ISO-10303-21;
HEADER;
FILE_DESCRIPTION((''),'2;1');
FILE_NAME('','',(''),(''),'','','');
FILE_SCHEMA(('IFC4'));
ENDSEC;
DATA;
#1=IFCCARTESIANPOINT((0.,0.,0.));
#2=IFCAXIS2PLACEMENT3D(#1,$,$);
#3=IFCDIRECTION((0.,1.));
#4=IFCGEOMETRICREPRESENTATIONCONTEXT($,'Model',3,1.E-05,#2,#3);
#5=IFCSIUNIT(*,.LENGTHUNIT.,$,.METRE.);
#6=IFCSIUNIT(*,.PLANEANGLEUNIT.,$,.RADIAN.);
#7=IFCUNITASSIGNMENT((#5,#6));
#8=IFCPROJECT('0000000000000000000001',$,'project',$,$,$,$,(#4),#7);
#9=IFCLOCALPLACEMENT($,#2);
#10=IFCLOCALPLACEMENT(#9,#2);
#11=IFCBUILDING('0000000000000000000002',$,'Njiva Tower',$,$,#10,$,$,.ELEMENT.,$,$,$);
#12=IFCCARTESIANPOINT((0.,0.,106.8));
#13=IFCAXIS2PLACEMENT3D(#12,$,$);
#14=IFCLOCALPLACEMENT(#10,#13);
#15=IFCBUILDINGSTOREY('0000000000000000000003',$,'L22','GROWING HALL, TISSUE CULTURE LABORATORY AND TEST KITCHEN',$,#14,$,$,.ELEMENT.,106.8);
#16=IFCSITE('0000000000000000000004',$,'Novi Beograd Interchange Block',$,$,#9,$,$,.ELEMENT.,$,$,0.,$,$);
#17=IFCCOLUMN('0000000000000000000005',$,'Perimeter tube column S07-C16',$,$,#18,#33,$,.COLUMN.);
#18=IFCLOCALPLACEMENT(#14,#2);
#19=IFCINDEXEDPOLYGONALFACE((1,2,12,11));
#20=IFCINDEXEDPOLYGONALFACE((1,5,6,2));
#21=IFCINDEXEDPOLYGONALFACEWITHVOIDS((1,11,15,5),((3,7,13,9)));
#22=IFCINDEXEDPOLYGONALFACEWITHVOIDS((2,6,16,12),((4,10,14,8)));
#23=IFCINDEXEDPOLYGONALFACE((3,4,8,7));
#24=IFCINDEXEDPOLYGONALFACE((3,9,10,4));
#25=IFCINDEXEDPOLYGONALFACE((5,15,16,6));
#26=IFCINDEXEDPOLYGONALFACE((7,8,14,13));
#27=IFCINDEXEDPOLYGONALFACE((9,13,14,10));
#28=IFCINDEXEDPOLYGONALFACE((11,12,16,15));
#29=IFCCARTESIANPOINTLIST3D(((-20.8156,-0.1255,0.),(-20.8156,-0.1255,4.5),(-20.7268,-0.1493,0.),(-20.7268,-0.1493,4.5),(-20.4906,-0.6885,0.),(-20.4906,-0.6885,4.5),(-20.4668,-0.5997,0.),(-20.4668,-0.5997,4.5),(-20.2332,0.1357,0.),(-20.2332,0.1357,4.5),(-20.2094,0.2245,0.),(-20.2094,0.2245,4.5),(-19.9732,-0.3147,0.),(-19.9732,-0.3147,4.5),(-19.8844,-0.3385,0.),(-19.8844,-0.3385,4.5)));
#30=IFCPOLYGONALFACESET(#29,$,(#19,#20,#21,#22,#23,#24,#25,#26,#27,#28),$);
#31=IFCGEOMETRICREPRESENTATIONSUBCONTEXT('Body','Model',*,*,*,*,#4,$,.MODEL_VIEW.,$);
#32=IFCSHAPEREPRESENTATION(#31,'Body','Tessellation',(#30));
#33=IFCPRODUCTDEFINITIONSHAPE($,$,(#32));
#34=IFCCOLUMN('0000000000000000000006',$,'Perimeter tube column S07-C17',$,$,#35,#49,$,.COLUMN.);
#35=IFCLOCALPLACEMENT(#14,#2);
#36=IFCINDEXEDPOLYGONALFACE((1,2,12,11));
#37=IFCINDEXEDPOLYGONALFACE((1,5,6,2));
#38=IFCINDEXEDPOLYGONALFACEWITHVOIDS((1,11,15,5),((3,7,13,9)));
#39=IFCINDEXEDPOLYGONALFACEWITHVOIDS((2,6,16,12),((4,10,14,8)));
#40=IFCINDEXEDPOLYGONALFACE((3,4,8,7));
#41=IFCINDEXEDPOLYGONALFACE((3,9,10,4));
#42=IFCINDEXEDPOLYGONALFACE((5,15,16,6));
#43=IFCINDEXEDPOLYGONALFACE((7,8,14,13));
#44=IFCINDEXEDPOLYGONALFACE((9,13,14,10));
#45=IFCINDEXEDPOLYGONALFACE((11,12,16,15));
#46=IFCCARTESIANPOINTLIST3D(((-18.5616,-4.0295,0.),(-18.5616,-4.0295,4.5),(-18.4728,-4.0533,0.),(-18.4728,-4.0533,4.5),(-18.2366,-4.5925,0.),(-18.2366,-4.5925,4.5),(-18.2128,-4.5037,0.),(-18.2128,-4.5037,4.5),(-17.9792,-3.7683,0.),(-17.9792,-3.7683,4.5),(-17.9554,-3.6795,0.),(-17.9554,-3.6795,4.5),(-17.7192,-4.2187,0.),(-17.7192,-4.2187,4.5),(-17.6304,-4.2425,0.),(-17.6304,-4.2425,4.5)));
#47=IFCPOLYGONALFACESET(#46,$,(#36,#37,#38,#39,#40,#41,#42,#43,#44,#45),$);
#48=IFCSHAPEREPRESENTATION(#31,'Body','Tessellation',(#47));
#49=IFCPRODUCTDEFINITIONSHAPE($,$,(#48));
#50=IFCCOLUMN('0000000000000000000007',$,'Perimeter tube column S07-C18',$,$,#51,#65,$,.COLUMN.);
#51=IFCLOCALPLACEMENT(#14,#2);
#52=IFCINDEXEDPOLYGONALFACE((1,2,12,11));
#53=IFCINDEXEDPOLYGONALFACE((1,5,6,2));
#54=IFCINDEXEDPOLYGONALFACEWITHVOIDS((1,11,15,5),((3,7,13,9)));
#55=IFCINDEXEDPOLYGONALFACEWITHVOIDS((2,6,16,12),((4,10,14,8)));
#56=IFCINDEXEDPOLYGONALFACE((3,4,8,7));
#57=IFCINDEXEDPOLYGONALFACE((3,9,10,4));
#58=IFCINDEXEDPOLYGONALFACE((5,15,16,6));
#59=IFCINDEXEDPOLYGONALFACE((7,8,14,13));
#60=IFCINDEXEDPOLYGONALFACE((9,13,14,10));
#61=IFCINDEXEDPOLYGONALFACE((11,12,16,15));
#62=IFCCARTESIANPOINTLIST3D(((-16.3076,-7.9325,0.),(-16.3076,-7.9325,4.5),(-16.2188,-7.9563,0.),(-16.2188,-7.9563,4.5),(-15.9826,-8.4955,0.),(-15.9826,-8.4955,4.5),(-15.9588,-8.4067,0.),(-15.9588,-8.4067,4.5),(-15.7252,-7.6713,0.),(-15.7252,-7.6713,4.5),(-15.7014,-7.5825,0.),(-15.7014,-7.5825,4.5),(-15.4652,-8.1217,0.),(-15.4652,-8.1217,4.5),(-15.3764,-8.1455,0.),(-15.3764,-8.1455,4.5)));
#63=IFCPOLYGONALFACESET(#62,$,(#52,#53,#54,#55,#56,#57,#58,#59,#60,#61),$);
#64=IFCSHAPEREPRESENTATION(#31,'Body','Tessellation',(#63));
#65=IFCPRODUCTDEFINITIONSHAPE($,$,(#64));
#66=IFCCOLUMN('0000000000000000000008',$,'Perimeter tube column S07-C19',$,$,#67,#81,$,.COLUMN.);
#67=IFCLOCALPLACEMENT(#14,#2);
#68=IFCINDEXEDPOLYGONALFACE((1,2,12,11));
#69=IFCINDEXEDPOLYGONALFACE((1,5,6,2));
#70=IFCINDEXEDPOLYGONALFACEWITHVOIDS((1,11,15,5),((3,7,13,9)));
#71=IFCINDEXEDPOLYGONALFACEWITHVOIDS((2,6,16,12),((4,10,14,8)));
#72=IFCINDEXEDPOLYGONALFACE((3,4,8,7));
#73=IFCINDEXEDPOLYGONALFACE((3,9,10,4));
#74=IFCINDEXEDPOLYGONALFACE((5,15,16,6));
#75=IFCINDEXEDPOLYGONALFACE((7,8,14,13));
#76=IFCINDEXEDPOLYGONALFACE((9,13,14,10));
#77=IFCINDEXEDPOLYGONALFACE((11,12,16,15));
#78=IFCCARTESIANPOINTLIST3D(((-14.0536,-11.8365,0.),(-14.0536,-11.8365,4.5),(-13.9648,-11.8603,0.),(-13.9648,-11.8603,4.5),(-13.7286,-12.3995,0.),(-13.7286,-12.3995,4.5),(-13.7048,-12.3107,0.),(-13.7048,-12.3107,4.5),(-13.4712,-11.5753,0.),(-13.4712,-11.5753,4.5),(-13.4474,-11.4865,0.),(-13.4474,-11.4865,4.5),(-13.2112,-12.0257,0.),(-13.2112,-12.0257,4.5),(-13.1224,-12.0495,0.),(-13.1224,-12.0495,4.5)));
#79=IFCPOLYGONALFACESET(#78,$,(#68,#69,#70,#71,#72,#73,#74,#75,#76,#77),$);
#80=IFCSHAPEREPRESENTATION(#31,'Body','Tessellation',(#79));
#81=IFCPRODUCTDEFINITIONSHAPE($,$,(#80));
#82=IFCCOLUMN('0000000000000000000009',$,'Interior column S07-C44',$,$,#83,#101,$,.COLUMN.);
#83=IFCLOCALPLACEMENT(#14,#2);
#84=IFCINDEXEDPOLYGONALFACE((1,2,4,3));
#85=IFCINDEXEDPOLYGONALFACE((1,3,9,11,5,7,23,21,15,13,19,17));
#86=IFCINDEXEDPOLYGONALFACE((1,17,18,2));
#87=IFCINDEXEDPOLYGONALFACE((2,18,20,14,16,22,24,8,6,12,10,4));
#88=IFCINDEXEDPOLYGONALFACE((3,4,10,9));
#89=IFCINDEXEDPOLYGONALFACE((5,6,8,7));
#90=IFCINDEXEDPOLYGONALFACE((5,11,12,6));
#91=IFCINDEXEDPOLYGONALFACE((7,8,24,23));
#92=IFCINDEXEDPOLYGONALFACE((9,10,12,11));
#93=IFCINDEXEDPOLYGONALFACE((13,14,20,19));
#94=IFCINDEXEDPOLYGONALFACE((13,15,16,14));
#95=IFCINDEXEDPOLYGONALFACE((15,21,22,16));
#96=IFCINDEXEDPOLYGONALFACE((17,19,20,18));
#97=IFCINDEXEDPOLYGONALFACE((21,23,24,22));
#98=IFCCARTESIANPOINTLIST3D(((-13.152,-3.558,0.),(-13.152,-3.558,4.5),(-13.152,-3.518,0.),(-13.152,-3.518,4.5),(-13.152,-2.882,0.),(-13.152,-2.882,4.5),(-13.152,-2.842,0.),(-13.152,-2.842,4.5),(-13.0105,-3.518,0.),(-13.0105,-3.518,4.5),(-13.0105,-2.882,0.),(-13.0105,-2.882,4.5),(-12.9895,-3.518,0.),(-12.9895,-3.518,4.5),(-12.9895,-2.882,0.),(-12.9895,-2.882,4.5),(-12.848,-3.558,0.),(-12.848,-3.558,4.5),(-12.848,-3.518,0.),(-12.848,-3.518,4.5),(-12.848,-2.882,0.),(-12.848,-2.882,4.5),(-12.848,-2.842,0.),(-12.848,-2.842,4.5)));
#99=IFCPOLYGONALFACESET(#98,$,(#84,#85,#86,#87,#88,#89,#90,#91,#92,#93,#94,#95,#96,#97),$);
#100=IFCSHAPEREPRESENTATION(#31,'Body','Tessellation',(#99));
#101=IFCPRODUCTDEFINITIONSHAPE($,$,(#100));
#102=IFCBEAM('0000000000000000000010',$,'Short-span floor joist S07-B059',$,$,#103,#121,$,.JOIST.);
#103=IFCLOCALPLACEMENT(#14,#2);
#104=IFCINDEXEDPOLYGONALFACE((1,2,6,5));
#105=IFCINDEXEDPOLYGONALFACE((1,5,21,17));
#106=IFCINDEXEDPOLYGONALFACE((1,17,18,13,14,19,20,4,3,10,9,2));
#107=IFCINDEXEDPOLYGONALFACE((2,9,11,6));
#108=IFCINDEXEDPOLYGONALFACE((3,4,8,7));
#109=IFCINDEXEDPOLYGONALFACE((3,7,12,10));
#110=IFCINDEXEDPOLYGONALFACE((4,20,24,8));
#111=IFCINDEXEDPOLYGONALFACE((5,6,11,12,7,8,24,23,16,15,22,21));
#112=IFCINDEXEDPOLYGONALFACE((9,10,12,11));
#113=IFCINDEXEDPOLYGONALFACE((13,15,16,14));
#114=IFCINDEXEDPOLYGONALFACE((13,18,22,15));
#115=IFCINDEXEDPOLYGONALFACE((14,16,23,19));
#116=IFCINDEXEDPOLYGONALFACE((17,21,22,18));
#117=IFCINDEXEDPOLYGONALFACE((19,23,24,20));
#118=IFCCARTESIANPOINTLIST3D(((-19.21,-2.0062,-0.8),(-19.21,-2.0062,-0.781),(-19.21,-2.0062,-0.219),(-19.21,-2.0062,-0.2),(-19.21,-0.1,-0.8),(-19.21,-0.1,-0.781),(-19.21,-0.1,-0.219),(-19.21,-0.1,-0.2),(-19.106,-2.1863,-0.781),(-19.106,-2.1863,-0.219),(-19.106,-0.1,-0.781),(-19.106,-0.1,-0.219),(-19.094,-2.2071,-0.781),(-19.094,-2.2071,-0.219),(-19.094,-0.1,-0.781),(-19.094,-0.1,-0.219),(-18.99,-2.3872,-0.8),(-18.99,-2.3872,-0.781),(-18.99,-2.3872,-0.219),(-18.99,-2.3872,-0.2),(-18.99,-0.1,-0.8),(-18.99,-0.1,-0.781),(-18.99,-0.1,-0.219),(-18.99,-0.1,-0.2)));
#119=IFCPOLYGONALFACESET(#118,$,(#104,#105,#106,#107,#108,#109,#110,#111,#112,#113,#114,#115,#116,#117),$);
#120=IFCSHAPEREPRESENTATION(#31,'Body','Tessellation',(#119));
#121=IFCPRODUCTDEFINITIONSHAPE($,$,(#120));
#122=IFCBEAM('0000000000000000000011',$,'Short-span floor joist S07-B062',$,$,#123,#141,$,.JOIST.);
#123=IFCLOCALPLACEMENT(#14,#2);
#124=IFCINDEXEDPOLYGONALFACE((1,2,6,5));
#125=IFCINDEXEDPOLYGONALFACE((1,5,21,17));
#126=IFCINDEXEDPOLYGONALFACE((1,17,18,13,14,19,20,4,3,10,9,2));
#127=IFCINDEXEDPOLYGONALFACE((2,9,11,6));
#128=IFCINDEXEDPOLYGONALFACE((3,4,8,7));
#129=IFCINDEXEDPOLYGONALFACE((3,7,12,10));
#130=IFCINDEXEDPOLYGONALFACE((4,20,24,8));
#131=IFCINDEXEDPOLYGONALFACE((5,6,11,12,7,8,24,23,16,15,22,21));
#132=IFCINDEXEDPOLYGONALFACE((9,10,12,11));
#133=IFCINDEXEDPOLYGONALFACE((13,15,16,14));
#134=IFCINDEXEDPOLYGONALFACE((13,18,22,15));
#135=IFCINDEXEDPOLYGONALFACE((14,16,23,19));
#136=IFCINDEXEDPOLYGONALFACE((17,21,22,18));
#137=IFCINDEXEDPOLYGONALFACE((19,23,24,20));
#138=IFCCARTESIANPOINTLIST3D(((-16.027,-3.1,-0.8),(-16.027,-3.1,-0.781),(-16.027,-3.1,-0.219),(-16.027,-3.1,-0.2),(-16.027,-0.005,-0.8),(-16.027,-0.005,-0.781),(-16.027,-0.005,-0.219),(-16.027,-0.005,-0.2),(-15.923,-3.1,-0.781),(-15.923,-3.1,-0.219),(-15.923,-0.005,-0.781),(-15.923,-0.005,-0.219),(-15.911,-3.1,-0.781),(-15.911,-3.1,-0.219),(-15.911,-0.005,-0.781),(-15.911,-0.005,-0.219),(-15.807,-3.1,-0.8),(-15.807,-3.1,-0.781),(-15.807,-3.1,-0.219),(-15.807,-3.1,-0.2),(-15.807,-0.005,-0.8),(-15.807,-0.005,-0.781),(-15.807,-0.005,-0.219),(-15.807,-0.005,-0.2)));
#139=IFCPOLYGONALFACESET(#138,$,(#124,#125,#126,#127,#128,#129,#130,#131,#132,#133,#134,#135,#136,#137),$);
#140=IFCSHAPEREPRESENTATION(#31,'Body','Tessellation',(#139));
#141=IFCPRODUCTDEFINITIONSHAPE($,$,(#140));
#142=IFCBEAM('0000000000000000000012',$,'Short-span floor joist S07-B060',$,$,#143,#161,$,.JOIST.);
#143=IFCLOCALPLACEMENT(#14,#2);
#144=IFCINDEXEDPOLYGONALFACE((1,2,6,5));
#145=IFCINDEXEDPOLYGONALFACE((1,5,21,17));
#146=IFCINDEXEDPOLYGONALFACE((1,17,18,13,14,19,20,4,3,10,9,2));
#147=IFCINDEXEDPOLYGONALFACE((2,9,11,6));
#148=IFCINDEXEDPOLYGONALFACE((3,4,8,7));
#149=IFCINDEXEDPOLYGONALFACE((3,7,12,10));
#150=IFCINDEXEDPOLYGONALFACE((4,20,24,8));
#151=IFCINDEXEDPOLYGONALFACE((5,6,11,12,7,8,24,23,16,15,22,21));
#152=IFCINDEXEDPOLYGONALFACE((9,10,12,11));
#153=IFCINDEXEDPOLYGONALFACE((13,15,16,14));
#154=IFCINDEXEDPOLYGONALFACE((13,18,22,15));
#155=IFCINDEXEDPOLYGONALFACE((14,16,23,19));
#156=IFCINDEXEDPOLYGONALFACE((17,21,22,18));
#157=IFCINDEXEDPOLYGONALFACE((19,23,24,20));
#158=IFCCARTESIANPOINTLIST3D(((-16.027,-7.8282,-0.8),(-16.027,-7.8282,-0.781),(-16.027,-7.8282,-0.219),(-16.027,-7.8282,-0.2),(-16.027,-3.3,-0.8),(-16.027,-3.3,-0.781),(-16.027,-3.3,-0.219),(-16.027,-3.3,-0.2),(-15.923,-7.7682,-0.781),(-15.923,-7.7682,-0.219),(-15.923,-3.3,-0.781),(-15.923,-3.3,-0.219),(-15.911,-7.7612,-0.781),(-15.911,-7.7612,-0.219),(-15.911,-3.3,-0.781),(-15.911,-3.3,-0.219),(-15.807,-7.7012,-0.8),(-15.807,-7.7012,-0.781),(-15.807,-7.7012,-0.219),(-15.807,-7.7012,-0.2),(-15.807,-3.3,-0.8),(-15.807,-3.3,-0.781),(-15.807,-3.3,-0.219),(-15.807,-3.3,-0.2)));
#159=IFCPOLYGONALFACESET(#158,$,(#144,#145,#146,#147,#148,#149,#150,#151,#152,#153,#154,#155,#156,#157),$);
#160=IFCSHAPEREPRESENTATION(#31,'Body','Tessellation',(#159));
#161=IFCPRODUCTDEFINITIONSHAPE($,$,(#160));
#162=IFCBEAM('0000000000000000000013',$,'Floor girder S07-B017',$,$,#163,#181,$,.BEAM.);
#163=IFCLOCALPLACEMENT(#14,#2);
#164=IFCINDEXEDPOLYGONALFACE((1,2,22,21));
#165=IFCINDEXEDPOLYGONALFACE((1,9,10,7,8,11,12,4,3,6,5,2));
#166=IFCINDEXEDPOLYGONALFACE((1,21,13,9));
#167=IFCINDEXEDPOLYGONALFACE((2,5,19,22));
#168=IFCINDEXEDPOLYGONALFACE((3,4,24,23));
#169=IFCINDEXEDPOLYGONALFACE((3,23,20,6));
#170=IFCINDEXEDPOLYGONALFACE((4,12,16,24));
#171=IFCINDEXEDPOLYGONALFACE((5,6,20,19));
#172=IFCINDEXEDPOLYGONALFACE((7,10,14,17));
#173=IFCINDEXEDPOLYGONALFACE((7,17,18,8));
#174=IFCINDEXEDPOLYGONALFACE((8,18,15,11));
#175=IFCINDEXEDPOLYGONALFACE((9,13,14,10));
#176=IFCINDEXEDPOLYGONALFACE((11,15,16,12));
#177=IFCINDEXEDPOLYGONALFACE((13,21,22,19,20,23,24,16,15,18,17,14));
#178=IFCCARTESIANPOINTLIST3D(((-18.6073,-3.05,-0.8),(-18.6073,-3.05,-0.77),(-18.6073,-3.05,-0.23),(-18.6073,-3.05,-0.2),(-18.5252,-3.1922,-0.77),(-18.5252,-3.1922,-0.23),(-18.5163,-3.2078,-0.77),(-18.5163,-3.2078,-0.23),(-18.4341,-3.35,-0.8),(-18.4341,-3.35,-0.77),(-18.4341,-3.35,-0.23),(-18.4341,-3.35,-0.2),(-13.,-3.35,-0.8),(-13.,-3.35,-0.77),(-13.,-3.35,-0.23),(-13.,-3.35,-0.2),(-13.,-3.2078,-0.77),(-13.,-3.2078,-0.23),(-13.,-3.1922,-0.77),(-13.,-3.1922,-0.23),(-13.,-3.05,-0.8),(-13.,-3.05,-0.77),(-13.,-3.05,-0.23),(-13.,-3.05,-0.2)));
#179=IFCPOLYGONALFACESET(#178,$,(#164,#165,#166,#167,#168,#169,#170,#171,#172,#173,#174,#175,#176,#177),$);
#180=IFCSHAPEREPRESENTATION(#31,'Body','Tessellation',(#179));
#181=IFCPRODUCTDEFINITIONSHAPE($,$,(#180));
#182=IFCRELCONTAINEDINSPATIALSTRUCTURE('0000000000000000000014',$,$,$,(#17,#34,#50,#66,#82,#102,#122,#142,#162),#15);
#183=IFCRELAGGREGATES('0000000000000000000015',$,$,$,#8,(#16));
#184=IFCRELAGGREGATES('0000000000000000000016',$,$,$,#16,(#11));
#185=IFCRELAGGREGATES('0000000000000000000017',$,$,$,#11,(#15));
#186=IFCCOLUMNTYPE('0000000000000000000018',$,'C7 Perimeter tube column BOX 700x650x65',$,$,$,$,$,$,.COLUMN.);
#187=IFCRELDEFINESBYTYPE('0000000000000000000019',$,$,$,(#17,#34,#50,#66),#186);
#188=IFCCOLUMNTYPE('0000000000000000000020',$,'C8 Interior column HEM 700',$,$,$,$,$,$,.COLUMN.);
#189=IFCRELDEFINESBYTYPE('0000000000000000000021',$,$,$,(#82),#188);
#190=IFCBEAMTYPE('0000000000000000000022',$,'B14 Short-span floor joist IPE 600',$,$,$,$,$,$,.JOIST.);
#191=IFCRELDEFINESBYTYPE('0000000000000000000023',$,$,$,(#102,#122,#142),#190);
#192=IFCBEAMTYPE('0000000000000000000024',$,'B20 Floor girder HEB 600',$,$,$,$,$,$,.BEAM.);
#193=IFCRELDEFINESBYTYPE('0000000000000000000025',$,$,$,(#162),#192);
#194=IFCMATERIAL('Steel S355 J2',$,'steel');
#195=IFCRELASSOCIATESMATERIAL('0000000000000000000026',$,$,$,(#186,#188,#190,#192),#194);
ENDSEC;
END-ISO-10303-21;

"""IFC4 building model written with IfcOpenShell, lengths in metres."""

from ifc_helpers import new_model, si_unit, direction, frame, origin, origin_2d, place, context, subcontext, project, spatial, hollow_rectangle, i_section, extrude, clip, halfspace, material, material_profile, profile_set, type_object, element, save


model = new_model("IFC4")

# Units and contexts
model_context = context("Model", 3, precision=1e-05, world=origin(), true_north=direction((0.0, 1.0)))
body_context = subcontext(model_context, "Body", "Model", "MODEL_VIEW")
ifc_project = project(units=[si_unit("LENGTHUNIT", "METRE"), si_unit("PLANEANGLEUNIT", "RADIAN")], contexts=[model_context])

# Site, building, storey
site_placement = place(None, origin())
site = spatial("IfcSite", under=ifc_project, at=site_placement, Name="Novi Beograd Interchange Block", CompositionType="ELEMENT", RefElevation=0.0)
building_placement = place(site_placement, origin())
building = spatial("IfcBuilding", under=site, at=building_placement, Name="Njiva Tower", CompositionType="ELEMENT")
storey_placement = place(building_placement, frame((0.0, 0.0, 106.8)))
storey = spatial("IfcBuildingStorey", under=building, at=storey_placement, Name="L22", Description="GROWING HALL, TISSUE CULTURE LABORATORY AND TEST KITCHEN", CompositionType="ELEMENT", Elevation=106.8)

# Columns
ifc_material_1 = material(Name="Steel S355 J2", Category="steel")
ifc_material_profile_1 = material_profile(ifc_material_1, hollow_rectangle(XDim=0.65, YDim=0.7, WallThickness=0.065, at=origin_2d()), Name="BOX 700x650x65")
ifc_profile_set_1 = profile_set([ifc_material_profile_1], Name="Steel S355 J2")
column_type_1 = type_object("IfcColumnType", Name="C7 Perimeter tube column BOX 700x650x65", PredefinedType="COLUMN", material=ifc_profile_set_1)
for number, where, z_axis, x_axis, name in (
    (1, (-20.35, -0.232, 0.0), (0.0, 0.0, 1.0), (0.5, -0.866025, 0.0), "Perimeter tube column S07-C16"),
    (2, (-18.096, -4.136, 0.0), (0.0, 0.0, 1.0), (0.5, -0.866025, 0.0), "Perimeter tube column S07-C17"),
    (3, (-15.842, -8.039, 0.0), (0.0, 0.0, 1.0), (0.5, -0.866025, 0.0), "Perimeter tube column S07-C18"),
    (4, (-13.588, -11.943, 0.0), (0.0, 0.0, 1.0), (0.5, -0.866025, 0.0), "Perimeter tube column S07-C19"),
):
    element("IfcColumn", number, at=place(storey_placement, frame(where, z_axis=z_axis, x_axis=x_axis)), inside=storey, type_object=column_type_1, Name=name, PredefinedType="COLUMN", context=body_context, shape_type="SweptSolid", body=[
        extrude(hollow_rectangle(XDim=0.65, YDim=0.7, WallThickness=0.065, at=origin_2d()), origin(), (0.0, 0.0, 1.0), 4.5),
    ])
ifc_material_profile_2 = material_profile(ifc_material_1, i_section(OverallWidth=0.304, OverallDepth=0.716, WebThickness=0.021, FlangeThickness=0.04, at=origin_2d()), Name="HEM 700")
ifc_profile_set_2 = profile_set([ifc_material_profile_2], Name="Steel S355 J2")
column_type_2 = type_object("IfcColumnType", Name="C8 Interior column HEM 700", PredefinedType="COLUMN", material=ifc_profile_set_2)
column_placement = place(storey_placement, frame((-13.0, -3.2, 0.0), z_axis=(0.0, 0.0, 1.0), x_axis=(1.0, 0.0, 0.0)))
element("IfcColumn", 5, at=column_placement, inside=storey, type_object=column_type_2, Name="Interior column S07-C44", PredefinedType="COLUMN", context=body_context, shape_type="SweptSolid", body=[
    extrude(i_section(OverallWidth=0.304, OverallDepth=0.716, WebThickness=0.021, FlangeThickness=0.04, at=origin_2d()), origin(), (0.0, 0.0, 1.0), 4.5),
])

# Beams
ifc_material_profile_3 = material_profile(ifc_material_1, i_section(OverallWidth=0.22, OverallDepth=0.6, WebThickness=0.012, FlangeThickness=0.019, at=origin_2d()), Name="IPE 600")
ifc_profile_set_3 = profile_set([ifc_material_profile_3], Name="Steel S355 J2")
beam_type_1 = type_object("IfcBeamType", Name="B14 Short-span floor joist IPE 600", PredefinedType="JOIST", material=ifc_profile_set_3)
beam_1_placement = place(storey_placement, frame((-19.1, -0.1, -0.5), z_axis=(0.0, -1.0, 0.0), x_axis=(1.0, 0.0, 0.0)))
element("IfcBeam", 6, at=beam_1_placement, inside=storey, type_object=beam_type_1, Name="Short-span floor joist S07-B059", PredefinedType="JOIST", context=body_context, shape_type="Clipping", body=[
    clip(extrude(i_section(OverallWidth=0.22, OverallDepth=0.6, WebThickness=0.012, FlangeThickness=0.019, at=origin_2d()), origin(), (0.0, 0.0, 1.0), 2.308), halfspace(frame((-0.0433, 0.0, 2.0217), z_axis=(-0.866027, 0.0, 0.499998), x_axis=(0.0, 1.0, 0.0)), False)),
])
beam_2_placement = place(storey_placement, frame((-15.917, -0.005, -0.5), z_axis=(0.0, -1.0, 0.0), x_axis=(1.0, 0.0, 0.0)))
element("IfcBeam", 7, at=beam_2_placement, inside=storey, type_object=beam_type_1, Name="Short-span floor joist S07-B062", PredefinedType="JOIST", context=body_context, shape_type="SweptSolid", body=[
    extrude(i_section(OverallWidth=0.22, OverallDepth=0.6, WebThickness=0.012, FlangeThickness=0.019, at=origin_2d()), origin(), (0.0, 0.0, 1.0), 3.095),
])
beam_3_placement = place(storey_placement, frame((-15.917, -3.3, -0.5), z_axis=(0.0, -1.0, 0.0), x_axis=(1.0, 0.0, 0.0)))
element("IfcBeam", 8, at=beam_3_placement, inside=storey, type_object=beam_type_1, Name="Short-span floor joist S07-B060", PredefinedType="JOIST", context=body_context, shape_type="Clipping", body=[
    clip(extrude(i_section(OverallWidth=0.22, OverallDepth=0.6, WebThickness=0.012, FlangeThickness=0.019, at=origin_2d()), origin(), (0.0, 0.0, 1.0), 4.549), halfspace(frame((0.0253, 0.0, 4.4501), z_axis=(0.499998, 0.0, 0.866027), x_axis=(0.0, 1.0, 0.0)), False)),
])
ifc_material_profile_4 = material_profile(ifc_material_1, i_section(OverallWidth=0.3, OverallDepth=0.6, WebThickness=0.0155, FlangeThickness=0.03, at=origin_2d()), Name="HEB 600")
ifc_profile_set_4 = profile_set([ifc_material_profile_4], Name="Steel S355 J2")
beam_type_2 = type_object("IfcBeamType", Name="B20 Floor girder HEB 600", PredefinedType="BEAM", material=ifc_profile_set_4)
beam_4_placement = place(storey_placement, frame((-18.628, -3.2, -0.5), z_axis=(1.0, 0.0, 0.0), x_axis=(0.0, 1.0, 0.0)))
element("IfcBeam", 9, at=beam_4_placement, inside=storey, type_object=beam_type_2, Name="Floor girder S07-B017", PredefinedType="BEAM", context=body_context, shape_type="Clipping", body=[
    clip(extrude(i_section(OverallWidth=0.3, OverallDepth=0.6, WebThickness=0.0155, FlangeThickness=0.03, at=origin_2d()), origin(), (0.0, 0.0, 1.0), 5.628), halfspace(frame((-0.025, 0.0, 0.1217), z_axis=(-0.499998, 0.0, -0.866027), x_axis=(0.0, -1.0, 0.0)), False)),
])

save(model, "model.ifc")
